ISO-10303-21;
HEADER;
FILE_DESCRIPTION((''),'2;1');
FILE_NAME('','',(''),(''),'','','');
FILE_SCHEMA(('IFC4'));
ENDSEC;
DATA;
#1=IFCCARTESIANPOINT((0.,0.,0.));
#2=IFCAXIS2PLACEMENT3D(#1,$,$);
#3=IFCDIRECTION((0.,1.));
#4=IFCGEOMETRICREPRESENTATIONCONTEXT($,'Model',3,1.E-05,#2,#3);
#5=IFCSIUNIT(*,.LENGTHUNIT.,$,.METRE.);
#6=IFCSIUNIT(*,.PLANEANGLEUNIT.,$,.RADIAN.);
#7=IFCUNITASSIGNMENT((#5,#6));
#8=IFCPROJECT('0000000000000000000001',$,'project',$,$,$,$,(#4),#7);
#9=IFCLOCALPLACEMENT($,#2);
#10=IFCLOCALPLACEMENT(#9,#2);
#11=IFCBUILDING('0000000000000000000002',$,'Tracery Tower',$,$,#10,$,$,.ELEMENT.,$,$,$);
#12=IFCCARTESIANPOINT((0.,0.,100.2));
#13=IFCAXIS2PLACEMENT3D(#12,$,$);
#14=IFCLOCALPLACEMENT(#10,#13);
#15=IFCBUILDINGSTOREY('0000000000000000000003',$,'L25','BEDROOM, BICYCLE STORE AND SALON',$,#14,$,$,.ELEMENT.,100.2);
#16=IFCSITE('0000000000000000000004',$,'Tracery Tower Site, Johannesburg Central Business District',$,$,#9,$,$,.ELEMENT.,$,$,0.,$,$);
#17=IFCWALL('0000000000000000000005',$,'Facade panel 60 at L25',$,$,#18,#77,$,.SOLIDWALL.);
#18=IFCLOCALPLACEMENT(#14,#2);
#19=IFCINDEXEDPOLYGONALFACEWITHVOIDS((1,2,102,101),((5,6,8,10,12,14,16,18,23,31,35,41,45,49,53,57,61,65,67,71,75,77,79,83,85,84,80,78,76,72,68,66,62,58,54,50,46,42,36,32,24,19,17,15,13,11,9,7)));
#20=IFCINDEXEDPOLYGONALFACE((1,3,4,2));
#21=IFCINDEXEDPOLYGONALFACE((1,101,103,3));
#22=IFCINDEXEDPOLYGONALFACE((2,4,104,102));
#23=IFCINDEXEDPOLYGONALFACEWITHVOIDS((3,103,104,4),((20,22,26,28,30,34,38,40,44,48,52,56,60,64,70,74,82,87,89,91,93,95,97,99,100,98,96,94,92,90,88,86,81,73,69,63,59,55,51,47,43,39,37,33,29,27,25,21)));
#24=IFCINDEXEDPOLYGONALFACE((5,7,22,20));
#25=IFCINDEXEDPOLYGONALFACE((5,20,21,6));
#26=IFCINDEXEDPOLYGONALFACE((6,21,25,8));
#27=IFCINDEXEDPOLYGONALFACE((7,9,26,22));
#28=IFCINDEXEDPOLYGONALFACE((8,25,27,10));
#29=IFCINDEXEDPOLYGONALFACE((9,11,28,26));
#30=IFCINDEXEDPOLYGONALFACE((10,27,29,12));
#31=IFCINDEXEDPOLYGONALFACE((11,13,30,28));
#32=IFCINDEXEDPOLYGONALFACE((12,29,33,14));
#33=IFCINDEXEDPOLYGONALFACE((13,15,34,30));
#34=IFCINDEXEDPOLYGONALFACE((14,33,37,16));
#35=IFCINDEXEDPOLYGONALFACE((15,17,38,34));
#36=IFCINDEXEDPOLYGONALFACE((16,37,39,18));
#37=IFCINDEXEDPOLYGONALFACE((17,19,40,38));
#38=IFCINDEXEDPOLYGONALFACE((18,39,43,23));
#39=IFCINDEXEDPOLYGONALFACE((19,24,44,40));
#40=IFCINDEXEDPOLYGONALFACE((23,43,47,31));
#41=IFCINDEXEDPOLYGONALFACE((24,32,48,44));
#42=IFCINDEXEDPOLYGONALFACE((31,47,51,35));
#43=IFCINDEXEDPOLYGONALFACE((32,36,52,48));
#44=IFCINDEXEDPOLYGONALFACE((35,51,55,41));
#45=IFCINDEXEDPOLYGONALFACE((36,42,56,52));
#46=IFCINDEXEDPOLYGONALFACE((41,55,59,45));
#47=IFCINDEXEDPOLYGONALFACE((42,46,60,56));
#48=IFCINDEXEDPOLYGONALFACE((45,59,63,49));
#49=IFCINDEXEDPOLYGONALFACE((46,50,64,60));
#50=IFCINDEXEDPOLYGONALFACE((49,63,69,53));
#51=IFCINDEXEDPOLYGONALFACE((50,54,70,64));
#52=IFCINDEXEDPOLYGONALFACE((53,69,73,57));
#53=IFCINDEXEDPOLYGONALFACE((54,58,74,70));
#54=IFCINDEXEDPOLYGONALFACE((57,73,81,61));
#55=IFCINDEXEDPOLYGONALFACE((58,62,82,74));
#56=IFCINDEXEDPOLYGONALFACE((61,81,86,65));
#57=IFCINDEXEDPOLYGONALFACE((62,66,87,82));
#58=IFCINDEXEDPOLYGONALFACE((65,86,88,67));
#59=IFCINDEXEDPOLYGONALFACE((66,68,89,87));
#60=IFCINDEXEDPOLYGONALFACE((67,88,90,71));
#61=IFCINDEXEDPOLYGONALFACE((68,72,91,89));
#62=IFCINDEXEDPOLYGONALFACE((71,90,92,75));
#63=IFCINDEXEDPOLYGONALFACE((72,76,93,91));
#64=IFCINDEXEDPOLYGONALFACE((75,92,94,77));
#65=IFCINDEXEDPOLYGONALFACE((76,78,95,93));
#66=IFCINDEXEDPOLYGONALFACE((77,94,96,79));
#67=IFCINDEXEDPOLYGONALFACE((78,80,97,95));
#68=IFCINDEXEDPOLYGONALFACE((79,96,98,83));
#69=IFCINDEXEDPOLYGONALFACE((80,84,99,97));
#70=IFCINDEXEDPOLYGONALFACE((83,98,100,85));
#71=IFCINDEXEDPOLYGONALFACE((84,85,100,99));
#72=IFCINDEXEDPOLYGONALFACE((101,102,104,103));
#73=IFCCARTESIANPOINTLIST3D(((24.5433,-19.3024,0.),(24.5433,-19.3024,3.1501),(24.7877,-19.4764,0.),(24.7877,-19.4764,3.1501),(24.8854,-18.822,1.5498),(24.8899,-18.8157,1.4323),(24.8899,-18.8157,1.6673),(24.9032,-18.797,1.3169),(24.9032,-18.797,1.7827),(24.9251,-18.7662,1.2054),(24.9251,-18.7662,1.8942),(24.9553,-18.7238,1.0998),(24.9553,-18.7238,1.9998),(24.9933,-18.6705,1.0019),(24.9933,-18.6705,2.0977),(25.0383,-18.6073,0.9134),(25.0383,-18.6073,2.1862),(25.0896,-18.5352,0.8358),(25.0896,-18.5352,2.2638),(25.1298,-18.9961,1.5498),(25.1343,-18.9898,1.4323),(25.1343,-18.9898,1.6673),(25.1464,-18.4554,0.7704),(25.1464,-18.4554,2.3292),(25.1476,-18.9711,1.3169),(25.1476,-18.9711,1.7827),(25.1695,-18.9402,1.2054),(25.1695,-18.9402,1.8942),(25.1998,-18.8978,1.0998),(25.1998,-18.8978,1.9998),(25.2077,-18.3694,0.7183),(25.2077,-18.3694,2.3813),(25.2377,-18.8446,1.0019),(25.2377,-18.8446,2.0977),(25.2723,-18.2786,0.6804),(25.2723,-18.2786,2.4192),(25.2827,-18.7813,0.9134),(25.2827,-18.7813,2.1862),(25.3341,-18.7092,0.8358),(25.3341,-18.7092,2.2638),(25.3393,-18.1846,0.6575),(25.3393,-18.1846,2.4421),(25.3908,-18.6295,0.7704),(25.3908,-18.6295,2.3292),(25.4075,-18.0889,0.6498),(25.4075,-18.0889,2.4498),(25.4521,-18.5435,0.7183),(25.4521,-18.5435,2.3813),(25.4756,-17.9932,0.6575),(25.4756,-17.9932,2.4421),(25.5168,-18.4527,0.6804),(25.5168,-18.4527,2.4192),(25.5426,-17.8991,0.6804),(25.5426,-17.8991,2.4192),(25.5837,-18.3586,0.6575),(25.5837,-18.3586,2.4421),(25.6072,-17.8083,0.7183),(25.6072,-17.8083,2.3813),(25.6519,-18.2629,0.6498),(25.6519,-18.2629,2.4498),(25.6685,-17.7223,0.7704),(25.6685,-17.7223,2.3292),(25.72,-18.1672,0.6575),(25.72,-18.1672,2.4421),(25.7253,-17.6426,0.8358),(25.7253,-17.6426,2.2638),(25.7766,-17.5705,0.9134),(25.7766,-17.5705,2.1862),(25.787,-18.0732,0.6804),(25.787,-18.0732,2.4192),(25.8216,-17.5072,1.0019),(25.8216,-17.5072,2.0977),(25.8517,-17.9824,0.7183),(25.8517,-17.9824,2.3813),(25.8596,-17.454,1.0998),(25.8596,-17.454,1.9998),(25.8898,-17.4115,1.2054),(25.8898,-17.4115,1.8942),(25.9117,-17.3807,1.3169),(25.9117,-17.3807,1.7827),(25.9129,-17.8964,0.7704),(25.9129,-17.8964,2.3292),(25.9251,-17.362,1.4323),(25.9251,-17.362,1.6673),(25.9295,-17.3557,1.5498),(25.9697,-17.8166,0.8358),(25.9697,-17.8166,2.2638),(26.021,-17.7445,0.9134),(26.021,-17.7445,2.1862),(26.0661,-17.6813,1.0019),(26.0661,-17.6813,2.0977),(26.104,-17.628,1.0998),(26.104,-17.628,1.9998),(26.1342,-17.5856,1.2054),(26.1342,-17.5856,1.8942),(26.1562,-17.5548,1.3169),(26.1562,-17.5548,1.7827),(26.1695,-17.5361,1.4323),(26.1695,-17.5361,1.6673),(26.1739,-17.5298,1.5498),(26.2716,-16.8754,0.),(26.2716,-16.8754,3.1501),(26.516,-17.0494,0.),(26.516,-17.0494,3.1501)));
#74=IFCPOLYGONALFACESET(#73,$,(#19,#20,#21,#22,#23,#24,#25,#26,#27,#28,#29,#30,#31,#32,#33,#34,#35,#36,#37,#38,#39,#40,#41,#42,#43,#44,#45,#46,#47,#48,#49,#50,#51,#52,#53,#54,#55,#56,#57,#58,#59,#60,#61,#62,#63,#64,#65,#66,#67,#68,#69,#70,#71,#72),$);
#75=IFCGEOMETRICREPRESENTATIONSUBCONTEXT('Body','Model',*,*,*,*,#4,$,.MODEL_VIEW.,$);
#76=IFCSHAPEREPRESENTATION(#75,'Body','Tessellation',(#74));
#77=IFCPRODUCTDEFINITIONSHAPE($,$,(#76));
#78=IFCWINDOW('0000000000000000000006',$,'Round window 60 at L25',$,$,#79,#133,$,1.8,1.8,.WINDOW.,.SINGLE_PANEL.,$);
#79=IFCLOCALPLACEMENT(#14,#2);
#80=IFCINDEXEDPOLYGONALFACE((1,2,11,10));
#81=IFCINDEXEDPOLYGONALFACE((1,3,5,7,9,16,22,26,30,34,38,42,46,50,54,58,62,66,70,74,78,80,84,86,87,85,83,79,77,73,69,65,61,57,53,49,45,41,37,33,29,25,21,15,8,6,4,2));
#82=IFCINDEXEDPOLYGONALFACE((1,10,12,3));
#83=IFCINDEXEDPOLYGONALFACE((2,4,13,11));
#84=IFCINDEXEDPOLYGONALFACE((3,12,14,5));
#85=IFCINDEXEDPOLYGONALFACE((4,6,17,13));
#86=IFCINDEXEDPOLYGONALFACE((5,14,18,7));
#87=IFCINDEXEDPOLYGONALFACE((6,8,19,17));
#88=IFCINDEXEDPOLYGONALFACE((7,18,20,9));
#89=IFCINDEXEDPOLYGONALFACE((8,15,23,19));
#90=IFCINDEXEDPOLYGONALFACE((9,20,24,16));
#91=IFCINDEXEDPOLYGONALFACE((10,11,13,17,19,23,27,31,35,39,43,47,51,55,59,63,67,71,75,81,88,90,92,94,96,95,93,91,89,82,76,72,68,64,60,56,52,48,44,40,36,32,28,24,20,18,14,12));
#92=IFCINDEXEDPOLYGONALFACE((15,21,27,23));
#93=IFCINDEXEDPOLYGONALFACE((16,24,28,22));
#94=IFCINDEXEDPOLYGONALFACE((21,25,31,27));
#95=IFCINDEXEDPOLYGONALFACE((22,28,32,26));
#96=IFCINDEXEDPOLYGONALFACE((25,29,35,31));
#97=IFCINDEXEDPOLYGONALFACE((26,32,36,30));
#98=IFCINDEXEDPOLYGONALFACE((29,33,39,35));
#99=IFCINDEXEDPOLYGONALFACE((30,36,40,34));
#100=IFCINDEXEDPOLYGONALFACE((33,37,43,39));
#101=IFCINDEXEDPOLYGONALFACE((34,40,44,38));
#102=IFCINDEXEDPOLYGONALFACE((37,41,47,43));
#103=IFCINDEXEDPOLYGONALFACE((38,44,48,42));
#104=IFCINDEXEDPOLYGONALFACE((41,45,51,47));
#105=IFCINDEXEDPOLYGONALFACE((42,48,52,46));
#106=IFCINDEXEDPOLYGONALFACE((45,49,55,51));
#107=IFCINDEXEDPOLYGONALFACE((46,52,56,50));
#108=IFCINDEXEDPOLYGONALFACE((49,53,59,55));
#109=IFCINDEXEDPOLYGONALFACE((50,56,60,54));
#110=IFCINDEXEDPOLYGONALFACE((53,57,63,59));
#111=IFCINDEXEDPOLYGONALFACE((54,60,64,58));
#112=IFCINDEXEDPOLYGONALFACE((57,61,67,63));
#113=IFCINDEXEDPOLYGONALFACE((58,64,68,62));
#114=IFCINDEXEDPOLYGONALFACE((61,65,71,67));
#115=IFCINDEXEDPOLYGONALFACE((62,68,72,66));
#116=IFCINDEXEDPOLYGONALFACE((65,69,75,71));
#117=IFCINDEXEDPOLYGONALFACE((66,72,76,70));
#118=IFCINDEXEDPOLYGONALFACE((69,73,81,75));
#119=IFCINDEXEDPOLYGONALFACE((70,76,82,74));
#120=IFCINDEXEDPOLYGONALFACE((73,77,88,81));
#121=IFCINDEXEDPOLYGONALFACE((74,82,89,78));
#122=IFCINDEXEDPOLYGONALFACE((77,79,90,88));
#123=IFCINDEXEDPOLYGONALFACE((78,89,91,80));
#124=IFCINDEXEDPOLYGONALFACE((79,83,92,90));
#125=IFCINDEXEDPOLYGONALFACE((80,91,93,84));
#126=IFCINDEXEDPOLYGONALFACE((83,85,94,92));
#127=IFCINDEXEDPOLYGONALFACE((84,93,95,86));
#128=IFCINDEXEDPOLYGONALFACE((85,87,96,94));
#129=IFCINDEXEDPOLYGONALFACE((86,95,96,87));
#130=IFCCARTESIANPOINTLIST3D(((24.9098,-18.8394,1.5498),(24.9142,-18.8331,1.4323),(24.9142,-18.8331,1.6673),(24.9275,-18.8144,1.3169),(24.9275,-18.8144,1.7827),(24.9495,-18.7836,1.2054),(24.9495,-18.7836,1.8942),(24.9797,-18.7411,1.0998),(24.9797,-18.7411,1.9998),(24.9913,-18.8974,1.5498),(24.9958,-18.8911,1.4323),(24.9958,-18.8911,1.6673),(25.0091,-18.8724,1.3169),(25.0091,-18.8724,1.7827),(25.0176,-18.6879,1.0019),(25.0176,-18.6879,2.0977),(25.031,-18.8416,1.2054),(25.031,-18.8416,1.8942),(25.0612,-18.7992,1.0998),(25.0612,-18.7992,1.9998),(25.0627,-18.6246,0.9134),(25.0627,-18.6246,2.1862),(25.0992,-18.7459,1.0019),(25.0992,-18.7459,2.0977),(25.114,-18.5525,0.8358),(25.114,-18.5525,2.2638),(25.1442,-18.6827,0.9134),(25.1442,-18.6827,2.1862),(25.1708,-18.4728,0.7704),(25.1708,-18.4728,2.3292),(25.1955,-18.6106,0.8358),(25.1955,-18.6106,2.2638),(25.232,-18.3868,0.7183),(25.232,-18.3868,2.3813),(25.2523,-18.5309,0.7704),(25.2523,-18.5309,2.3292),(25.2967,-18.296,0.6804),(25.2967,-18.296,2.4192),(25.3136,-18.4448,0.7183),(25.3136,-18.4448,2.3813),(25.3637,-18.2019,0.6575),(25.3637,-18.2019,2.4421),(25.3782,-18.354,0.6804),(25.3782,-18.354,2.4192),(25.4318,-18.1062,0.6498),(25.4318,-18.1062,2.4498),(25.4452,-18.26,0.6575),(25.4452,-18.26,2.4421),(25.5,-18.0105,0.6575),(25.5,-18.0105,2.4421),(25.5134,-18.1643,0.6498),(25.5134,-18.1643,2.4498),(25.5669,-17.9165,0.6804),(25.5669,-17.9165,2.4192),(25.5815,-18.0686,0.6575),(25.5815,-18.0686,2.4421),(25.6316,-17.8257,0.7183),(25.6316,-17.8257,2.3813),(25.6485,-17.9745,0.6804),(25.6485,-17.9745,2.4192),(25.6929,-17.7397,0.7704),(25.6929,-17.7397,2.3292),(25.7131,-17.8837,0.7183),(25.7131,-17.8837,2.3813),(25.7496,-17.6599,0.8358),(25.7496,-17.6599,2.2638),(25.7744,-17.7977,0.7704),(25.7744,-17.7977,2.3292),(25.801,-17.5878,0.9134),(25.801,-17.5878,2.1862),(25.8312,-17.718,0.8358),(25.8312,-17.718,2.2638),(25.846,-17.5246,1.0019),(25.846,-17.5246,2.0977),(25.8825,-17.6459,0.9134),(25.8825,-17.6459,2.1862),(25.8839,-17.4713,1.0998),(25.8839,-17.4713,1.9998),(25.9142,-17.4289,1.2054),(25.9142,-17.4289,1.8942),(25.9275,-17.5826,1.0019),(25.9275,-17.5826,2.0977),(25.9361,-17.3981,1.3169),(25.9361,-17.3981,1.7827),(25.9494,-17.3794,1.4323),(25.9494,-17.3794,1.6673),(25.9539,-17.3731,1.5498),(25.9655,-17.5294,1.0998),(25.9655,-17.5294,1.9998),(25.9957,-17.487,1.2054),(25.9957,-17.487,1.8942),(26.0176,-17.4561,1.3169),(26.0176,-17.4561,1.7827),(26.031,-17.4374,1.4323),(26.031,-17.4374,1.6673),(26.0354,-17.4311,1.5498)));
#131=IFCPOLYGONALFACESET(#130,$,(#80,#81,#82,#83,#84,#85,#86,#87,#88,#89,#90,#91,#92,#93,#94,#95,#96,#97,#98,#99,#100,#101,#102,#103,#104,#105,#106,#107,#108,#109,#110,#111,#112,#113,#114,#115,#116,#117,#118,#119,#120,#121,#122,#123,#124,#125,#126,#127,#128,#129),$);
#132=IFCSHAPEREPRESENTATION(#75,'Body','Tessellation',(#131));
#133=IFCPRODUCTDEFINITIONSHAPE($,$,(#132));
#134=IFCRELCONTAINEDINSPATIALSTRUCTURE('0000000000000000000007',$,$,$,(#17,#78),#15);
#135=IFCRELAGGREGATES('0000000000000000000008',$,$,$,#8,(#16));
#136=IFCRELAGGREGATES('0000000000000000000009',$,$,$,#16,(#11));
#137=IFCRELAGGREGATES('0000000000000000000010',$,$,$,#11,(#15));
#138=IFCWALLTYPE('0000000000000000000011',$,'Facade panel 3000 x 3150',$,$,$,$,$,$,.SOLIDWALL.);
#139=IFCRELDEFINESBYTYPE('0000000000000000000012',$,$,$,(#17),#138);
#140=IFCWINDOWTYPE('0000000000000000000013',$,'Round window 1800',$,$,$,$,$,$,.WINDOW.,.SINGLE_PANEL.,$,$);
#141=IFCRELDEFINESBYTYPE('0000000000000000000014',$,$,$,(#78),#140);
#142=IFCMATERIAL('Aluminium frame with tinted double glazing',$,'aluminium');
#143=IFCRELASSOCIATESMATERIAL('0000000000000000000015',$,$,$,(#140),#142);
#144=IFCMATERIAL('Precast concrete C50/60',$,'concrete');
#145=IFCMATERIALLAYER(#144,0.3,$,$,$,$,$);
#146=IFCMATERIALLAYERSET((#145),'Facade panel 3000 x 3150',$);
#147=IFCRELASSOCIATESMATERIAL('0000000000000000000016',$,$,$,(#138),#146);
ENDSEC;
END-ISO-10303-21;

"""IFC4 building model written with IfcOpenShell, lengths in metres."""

from ifc_helpers import new_model, si_unit, direction, frame, frame_2d, origin, origin_2d, place, context, subcontext, project, spatial, rectangle, circle, extrude, material, layer, layer_set, type_object, element, fill, save


model = new_model("IFC4")

# Units and contexts
model_context = context("Model", 3, precision=1e-05, world=origin(), true_north=direction((0.0, 1.0)))
body_context = subcontext(model_context, "Body", "Model", "MODEL_VIEW")
ifc_project = project(units=[si_unit("LENGTHUNIT", "METRE"), si_unit("PLANEANGLEUNIT", "RADIAN")], contexts=[model_context])

# Site, building, storey
site_placement = place(None, origin())
site = spatial("IfcSite", under=ifc_project, at=site_placement, Name="Tracery Tower Site, Johannesburg Central Business District", CompositionType="ELEMENT", RefElevation=0.0)
building_placement = place(site_placement, origin())
building = spatial("IfcBuilding", under=site, at=building_placement, Name="Tracery Tower", CompositionType="ELEMENT")
storey_placement = place(building_placement, frame((0.0, 0.0, 100.2)))
storey = spatial("IfcBuildingStorey", under=building, at=storey_placement, Name="L25", Description="BEDROOM, BICYCLE STORE AND SALON", CompositionType="ELEMENT", Elevation=100.2)

# Wall, opening, window
ifc_material_1 = material(Name="Aluminium frame with tinted double glazing", Category="aluminium")
window_type = type_object("IfcWindowType", Name="Round window 1800", PartitioningType="SINGLE_PANEL", PredefinedType="WINDOW", material=ifc_material_1)
ifc_material_2 = material(Name="Precast concrete C50/60", Category="concrete")
ifc_layer_1 = layer(ifc_material_2, 0.3)
ifc_layer_set_1 = layer_set([ifc_layer_1], Name="Facade panel 3000 x 3150")
wall_type_1 = type_object("IfcWallType", Name="Facade panel 3000 x 3150", PredefinedType="SOLIDWALL", material=ifc_layer_set_1)
wall_1_placement = place(storey_placement, frame((24.6655, -19.3894, 0.0), z_axis=(0.0, 0.0, 1.0), x_axis=(0.580059, 0.814574, 0.0)))
wall_1 = element("IfcWall", 1, at=wall_1_placement, inside=storey, type_object=wall_type_1, Name="Facade panel 60 at L25", PredefinedType="SOLIDWALL", context=body_context, shape_type="SweptSolid", body=[
    extrude(rectangle(XDim=2.9795, YDim=0.3, at=frame_2d((1.4897, 0.0))), origin(), (0.0, 0.0, 1.0), 3.1501),
])
opening_1_placement = place(wall_1_placement, frame((1.4897, 0.0, 1.5498)))
opening_1 = element("IfcOpeningElement", 2, at=opening_1_placement, cuts=wall_1, PredefinedType="OPENING", context=body_context, shape_type="SweptSolid", body=[
    extrude(circle(Radius=0.9, at=origin_2d()), frame((0.0, 0.1599, 0.0), z_axis=(0.0, -1.0, 0.0), x_axis=(1.0, 0.0, 0.0)), (0.0, 0.0, 1.0), 0.3201),
])
window_1_placement = place(opening_1_placement, origin())
window_1 = element("IfcWindow", 3, at=window_1_placement, inside=storey, type_object=window_type, Name="Round window 60 at L25", OverallHeight=1.8, OverallWidth=1.8, PartitioningType="SINGLE_PANEL", PredefinedType="WINDOW", context=body_context, shape_type="SweptSolid", body=[
    extrude(circle(Radius=0.9, at=origin_2d()), frame((0.0, 0.1201, 0.0), z_axis=(0.0, -1.0, 0.0), x_axis=(1.0, 0.0, 0.0)), (0.0, 0.0, 1.0), 0.1001),
])
fill(opening_1, window_1)

save(model, "model.ifc")
